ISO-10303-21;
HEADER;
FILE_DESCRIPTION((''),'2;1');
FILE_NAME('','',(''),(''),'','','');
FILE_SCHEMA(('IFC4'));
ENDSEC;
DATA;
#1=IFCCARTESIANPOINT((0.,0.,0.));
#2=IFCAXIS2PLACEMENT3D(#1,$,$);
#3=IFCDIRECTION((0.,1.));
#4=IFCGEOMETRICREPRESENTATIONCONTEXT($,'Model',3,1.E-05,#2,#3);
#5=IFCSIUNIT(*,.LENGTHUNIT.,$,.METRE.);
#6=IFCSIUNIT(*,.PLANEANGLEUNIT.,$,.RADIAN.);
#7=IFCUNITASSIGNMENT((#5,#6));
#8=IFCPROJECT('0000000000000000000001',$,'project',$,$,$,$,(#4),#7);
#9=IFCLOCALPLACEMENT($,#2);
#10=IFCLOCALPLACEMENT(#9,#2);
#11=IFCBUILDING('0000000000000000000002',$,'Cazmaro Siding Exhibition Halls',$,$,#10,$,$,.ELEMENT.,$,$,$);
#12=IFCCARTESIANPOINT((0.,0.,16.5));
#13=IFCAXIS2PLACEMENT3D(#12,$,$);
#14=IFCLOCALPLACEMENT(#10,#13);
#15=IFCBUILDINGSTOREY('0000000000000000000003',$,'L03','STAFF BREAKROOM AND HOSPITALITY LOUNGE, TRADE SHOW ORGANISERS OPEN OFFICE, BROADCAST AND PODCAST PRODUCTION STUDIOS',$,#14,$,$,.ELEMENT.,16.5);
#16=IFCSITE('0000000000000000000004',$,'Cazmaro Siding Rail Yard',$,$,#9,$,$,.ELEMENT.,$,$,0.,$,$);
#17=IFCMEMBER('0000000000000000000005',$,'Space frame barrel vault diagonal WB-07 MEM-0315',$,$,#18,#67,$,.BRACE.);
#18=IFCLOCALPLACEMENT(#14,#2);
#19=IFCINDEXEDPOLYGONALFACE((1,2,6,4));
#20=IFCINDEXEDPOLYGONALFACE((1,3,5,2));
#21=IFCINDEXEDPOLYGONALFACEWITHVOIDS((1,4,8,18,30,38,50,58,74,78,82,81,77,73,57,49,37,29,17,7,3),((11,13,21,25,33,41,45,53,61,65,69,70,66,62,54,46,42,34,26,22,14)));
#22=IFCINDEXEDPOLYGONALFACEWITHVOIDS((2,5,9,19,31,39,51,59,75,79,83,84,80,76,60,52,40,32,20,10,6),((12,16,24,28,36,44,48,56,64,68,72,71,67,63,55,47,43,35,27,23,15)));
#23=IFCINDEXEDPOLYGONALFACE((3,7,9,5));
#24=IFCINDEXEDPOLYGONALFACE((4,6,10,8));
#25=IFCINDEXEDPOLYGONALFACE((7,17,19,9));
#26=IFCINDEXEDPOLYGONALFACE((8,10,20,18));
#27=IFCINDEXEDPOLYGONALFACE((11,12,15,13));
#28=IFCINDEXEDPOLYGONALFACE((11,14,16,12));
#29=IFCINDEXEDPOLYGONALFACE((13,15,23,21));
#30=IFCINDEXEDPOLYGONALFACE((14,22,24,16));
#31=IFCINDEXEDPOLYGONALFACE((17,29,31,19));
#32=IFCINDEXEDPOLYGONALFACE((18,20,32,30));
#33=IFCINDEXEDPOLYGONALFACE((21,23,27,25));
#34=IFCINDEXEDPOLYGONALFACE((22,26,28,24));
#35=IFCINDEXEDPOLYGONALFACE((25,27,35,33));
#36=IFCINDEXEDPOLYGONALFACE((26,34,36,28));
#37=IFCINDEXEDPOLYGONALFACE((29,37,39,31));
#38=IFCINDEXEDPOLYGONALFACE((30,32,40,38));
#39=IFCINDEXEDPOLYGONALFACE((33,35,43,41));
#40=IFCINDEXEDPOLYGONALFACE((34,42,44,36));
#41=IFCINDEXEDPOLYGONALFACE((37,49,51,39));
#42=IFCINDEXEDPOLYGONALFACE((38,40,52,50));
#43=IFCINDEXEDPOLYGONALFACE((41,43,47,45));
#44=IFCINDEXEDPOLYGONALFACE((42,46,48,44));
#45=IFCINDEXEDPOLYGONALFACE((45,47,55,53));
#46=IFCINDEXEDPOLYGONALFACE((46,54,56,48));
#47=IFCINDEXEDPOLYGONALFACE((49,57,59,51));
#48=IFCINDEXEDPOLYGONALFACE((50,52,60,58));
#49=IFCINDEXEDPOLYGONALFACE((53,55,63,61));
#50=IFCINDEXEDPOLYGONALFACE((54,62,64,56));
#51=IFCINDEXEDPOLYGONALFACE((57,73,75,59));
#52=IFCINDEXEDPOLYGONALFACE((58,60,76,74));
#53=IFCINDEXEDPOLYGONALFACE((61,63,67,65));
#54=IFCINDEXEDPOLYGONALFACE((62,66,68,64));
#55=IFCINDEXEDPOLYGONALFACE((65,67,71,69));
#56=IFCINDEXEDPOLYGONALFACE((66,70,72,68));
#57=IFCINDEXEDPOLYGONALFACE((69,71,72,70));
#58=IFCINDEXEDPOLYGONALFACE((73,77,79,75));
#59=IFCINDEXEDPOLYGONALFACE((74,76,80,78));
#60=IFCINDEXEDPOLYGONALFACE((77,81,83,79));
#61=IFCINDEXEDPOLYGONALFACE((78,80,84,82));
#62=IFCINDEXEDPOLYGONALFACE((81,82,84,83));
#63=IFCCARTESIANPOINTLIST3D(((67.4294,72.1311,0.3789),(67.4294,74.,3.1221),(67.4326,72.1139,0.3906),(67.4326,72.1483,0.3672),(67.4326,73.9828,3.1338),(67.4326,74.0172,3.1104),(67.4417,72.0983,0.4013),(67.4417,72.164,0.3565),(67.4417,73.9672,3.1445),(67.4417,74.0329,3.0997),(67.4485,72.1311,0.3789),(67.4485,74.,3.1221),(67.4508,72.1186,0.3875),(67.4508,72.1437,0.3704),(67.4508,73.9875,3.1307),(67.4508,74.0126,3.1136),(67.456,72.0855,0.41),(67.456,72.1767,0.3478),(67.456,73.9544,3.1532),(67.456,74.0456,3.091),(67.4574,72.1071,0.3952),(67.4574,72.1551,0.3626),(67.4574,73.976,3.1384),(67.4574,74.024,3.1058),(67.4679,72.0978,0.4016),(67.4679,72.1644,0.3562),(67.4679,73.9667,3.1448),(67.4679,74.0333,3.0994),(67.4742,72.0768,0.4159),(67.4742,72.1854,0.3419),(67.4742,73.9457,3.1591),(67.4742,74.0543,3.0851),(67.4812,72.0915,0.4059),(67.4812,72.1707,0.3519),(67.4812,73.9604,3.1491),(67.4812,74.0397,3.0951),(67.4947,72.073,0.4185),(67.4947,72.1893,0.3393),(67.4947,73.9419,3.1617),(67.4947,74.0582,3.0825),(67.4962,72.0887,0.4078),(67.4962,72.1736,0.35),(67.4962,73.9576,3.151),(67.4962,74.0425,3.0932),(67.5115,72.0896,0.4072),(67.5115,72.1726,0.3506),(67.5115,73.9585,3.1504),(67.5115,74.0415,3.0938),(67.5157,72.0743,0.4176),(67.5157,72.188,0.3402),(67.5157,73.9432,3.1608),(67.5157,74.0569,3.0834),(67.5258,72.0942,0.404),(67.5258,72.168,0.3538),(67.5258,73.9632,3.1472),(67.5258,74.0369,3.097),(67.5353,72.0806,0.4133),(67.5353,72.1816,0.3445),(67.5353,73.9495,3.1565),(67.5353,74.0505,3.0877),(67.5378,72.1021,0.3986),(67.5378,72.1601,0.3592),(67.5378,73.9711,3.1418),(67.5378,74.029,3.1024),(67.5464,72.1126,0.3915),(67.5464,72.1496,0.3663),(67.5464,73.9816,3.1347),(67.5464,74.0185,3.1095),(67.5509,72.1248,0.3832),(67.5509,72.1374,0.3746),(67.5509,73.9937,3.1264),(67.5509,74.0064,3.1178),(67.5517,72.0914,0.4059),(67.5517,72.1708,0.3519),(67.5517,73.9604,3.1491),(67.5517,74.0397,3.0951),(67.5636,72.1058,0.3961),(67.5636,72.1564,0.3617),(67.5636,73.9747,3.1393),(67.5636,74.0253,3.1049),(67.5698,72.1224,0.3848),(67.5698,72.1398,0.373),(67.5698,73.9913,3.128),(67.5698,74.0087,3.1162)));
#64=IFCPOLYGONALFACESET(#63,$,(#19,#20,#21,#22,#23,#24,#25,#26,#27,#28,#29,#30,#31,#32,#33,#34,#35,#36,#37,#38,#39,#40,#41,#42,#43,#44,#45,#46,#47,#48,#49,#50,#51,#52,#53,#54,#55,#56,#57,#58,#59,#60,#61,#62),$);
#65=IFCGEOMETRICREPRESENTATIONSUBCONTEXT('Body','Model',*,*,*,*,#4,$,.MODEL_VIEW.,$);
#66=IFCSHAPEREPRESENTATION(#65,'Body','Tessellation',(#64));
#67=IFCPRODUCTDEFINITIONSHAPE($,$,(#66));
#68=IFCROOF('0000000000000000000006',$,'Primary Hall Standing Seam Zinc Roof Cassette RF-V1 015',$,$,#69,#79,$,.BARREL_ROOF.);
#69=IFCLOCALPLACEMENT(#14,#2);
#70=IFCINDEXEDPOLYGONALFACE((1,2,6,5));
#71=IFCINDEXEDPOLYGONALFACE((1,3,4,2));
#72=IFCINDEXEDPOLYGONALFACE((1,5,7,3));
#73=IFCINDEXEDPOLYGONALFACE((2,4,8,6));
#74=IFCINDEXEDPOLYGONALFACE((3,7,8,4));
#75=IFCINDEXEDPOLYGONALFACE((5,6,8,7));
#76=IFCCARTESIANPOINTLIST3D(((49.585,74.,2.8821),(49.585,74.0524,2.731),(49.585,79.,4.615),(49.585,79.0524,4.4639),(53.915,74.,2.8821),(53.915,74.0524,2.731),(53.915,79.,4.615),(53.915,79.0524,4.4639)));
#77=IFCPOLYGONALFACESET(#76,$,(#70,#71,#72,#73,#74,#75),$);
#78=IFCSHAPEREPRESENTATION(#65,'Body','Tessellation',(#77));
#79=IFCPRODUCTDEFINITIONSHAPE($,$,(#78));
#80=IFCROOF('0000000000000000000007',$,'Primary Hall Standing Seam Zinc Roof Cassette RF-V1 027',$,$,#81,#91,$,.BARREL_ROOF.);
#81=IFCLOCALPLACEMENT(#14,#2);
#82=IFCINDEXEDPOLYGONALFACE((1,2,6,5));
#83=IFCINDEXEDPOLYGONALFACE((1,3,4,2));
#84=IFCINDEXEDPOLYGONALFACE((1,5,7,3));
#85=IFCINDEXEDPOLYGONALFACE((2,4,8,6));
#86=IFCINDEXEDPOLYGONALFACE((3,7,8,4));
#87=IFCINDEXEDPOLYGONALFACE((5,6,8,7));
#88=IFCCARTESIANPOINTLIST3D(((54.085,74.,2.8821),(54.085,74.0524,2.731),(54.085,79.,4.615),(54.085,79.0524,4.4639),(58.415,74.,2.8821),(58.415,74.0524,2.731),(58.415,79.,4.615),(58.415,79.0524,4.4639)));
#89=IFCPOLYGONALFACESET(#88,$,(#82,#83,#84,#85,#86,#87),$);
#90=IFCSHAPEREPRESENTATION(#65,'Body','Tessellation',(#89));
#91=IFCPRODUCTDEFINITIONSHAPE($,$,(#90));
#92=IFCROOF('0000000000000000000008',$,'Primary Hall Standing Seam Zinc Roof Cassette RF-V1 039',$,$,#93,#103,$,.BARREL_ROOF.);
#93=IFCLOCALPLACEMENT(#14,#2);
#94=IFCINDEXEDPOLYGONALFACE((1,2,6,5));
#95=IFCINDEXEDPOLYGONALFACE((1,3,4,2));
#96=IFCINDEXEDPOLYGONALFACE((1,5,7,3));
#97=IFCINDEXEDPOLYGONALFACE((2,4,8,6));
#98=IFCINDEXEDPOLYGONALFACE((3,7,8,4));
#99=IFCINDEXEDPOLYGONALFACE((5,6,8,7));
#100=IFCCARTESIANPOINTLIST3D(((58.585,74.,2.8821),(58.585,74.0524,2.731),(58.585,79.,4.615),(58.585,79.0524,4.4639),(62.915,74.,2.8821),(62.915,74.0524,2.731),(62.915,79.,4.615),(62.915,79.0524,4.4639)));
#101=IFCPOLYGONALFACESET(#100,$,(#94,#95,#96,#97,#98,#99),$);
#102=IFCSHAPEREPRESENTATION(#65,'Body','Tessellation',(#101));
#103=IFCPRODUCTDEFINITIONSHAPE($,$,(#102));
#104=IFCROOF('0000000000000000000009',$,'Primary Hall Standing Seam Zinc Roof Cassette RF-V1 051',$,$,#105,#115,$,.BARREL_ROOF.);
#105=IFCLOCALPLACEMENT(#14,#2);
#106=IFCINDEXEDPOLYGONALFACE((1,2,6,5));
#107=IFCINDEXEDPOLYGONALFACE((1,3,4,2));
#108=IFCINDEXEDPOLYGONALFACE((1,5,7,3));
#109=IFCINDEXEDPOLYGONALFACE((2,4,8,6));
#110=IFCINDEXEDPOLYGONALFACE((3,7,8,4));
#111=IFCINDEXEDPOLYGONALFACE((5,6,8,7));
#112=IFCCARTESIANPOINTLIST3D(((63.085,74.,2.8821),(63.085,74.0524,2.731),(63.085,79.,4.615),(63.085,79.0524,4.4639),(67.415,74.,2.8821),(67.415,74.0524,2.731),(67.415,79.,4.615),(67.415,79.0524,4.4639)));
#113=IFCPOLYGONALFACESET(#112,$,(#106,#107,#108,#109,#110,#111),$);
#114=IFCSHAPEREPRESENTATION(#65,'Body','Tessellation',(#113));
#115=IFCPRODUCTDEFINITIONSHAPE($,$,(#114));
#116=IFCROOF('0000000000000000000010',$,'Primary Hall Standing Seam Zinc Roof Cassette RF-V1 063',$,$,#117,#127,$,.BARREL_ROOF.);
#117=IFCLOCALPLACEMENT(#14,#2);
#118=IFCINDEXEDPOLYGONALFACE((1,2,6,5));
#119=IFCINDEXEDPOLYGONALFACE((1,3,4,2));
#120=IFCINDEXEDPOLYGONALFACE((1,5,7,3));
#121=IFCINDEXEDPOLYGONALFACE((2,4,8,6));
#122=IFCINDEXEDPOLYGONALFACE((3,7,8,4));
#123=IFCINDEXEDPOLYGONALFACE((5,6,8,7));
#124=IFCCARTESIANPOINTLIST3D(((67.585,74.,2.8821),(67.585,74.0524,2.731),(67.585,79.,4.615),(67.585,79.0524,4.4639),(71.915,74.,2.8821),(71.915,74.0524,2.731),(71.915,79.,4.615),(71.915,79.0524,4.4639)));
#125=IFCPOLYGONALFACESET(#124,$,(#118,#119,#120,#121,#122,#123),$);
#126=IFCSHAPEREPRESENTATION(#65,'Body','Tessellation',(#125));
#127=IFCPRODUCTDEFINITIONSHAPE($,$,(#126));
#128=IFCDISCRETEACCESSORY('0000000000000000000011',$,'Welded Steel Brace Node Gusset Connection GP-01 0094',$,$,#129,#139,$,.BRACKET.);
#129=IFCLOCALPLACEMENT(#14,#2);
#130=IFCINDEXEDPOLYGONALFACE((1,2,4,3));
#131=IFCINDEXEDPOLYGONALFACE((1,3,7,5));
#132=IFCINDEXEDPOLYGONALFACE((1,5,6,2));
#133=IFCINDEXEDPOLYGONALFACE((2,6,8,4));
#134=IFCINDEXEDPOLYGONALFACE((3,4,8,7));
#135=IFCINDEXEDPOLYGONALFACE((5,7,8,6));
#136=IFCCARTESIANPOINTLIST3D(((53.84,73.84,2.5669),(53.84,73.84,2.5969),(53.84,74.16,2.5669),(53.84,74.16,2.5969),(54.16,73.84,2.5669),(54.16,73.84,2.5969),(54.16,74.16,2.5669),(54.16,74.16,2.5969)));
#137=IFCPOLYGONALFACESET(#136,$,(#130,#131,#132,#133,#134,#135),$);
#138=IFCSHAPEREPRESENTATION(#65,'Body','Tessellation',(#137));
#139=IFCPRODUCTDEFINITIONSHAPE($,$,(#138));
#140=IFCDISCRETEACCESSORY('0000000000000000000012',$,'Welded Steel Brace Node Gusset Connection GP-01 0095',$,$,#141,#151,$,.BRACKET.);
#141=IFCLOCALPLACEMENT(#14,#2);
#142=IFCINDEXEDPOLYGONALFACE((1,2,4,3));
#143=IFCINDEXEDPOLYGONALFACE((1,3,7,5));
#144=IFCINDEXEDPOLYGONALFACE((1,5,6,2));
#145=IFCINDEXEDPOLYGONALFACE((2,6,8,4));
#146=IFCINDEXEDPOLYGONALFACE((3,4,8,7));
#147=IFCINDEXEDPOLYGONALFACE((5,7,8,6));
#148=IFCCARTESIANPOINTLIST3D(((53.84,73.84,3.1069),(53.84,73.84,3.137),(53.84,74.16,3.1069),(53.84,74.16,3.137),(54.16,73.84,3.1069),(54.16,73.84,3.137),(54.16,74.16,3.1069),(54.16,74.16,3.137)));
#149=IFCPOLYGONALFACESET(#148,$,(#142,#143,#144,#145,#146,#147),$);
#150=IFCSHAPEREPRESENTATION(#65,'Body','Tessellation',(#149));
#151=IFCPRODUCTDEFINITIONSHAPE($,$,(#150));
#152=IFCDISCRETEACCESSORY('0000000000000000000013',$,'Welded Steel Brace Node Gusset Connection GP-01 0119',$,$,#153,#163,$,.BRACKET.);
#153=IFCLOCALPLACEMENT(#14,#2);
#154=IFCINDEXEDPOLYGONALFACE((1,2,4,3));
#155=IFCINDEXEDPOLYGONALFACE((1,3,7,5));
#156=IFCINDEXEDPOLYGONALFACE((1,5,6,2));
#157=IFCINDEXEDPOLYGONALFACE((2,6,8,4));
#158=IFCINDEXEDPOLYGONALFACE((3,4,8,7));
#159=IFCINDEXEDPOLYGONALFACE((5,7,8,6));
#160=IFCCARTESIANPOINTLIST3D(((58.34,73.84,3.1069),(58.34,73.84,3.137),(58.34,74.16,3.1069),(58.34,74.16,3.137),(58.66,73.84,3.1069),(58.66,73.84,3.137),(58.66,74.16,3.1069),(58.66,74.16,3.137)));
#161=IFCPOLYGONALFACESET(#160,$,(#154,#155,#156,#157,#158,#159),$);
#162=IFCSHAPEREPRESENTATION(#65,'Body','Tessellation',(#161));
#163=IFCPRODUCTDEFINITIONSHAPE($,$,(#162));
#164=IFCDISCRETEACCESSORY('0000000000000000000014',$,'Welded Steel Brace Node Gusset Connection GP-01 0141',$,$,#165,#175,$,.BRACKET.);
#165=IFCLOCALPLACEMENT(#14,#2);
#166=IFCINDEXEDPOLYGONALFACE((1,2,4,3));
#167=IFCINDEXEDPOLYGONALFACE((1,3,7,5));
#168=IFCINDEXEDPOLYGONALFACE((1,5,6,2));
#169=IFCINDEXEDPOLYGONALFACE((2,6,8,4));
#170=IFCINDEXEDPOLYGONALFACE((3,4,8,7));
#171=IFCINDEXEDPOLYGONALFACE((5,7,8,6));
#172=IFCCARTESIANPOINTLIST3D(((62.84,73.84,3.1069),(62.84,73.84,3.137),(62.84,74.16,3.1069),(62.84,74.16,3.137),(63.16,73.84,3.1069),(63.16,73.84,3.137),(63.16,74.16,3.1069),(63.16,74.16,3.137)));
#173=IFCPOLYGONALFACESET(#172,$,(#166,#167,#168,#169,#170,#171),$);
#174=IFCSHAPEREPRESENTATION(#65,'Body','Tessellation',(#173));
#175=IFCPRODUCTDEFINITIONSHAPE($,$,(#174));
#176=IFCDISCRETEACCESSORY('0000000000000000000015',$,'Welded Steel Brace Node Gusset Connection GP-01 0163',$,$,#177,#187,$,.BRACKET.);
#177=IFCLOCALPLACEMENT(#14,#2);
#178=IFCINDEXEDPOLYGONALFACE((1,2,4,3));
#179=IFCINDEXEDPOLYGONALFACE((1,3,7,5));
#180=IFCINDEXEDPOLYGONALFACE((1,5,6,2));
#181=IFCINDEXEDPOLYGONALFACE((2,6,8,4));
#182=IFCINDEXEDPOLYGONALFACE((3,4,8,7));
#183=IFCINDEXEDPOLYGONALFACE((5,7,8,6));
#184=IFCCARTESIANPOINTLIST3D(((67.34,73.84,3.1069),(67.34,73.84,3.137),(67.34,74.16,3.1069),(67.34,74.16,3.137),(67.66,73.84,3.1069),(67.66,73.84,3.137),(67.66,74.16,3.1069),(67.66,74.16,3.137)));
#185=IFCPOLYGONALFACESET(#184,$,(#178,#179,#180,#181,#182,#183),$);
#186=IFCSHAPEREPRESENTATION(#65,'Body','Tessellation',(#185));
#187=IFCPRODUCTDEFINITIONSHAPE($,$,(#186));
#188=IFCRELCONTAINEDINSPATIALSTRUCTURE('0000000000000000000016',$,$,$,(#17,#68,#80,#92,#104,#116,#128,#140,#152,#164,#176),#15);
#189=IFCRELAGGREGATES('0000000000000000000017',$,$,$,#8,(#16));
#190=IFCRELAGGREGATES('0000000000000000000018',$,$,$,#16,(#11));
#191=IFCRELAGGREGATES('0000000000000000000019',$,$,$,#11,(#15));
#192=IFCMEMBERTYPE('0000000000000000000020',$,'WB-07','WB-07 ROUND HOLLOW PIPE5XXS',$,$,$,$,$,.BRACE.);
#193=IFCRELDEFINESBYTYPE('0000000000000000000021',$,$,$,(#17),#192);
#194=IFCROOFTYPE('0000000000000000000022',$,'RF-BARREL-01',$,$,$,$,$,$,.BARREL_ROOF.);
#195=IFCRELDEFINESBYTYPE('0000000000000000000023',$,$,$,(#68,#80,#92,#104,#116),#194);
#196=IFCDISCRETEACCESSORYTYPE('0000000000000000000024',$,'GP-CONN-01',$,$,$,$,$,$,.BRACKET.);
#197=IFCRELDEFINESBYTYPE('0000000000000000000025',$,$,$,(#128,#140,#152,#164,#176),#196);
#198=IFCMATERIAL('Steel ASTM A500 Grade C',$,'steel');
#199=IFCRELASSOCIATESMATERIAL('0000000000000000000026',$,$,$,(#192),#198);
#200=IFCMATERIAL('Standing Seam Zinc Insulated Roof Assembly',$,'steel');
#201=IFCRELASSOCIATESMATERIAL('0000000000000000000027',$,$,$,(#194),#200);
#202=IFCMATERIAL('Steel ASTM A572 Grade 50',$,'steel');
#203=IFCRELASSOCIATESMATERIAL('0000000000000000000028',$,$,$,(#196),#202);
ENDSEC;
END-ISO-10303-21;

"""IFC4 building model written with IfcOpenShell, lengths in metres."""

from ifc_helpers import new_model, si_unit, direction, frame, origin, origin_2d, place, context, subcontext, project, spatial, polyline, rectangle, hollow_circle, outline, extrude, material, material_profile, profile_set, type_object, element, save


model = new_model("IFC4")

# Units and contexts
model_context = context("Model", 3, precision=1e-05, world=origin(), true_north=direction((0.0, 1.0)))
body_context = subcontext(model_context, "Body", "Model", "MODEL_VIEW")
ifc_project = project(units=[si_unit("LENGTHUNIT", "METRE"), si_unit("PLANEANGLEUNIT", "RADIAN")], contexts=[model_context])

# Site, building, storey
site_placement = place(None, origin())
site = spatial("IfcSite", under=ifc_project, at=site_placement, Name="Cazmaro Siding Rail Yard", CompositionType="ELEMENT", RefElevation=0.0)
building_placement = place(site_placement, origin())
building = spatial("IfcBuilding", under=site, at=building_placement, Name="Cazmaro Siding Exhibition Halls", CompositionType="ELEMENT")
storey_placement = place(building_placement, frame((0.0, 0.0, 16.5)))
storey = spatial("IfcBuildingStorey", under=building, at=storey_placement, Name="L03", Description="STAFF BREAKROOM AND HOSPITALITY LOUNGE, TRADE SHOW ORGANISERS OPEN OFFICE, BROADCAST AND PODCAST PRODUCTION STUDIOS", CompositionType="ELEMENT", Elevation=16.5)

# Member
ifc_material_1 = material(Name="Steel ASTM A500 Grade C", Category="steel")
ifc_material_profile_1 = material_profile(ifc_material_1, hollow_circle(Radius=0.0706, WallThickness=0.019, at=origin_2d()), Name="PIPE5XXS")
ifc_profile_set_1 = profile_set([ifc_material_profile_1], Name="Steel ASTM A500 Grade C")
member_type_1 = type_object("IfcMemberType", Name="WB-07", Description="WB-07 ROUND HOLLOW PIPE5XXS", PredefinedType="BRACE", material=ifc_profile_set_1)
for number, where, z_axis, x_axis, name in (
    (1, (67.5, 72.1311, 0.3789), (0.0, 0.56304, 0.82643), (-1.0, 0.0, 0.0), "Space frame barrel vault diagonal WB-07 MEM-0315"),
):
    element("IfcMember", number, at=place(storey_placement, frame(where, z_axis=z_axis, x_axis=x_axis)), inside=storey, type_object=member_type_1, Name=name, PredefinedType="BRACE", context=body_context, shape_type="SweptSolid", body=[
        extrude(hollow_circle(Radius=0.0706, WallThickness=0.019, at=origin_2d()), origin(), (0.0, 0.0, 1.0), 3.3193),
    ])

# Roofs
ifc_material_2 = material(Name="Standing Seam Zinc Insulated Roof Assembly", Category="steel")
roof_type = type_object("IfcRoofType", Name="RF-BARREL-01", PredefinedType="BARREL_ROOF", material=ifc_material_2)
for number, where, z_axis, x_axis, name in (
    (2, (49.585, 74.0, 2.8821), (0.0, -0.327472, 0.944861), (1.0, 0.0, 0.0), "Primary Hall Standing Seam Zinc Roof Cassette RF-V1 015"),
    (3, (54.085, 74.0, 2.8821), (0.0, -0.327472, 0.944861), (1.0, 0.0, 0.0), "Primary Hall Standing Seam Zinc Roof Cassette RF-V1 027"),
    (4, (58.585, 74.0, 2.8821), (0.0, -0.327472, 0.944861), (1.0, 0.0, 0.0), "Primary Hall Standing Seam Zinc Roof Cassette RF-V1 039"),
    (5, (63.085, 74.0, 2.8821), (0.0, -0.327472, 0.944861), (1.0, 0.0, 0.0), "Primary Hall Standing Seam Zinc Roof Cassette RF-V1 051"),
    (6, (67.585, 74.0, 2.8821), (0.0, -0.327472, 0.944861), (1.0, 0.0, 0.0), "Primary Hall Standing Seam Zinc Roof Cassette RF-V1 063"),
):
    element("IfcRoof", number, at=place(storey_placement, frame(where, z_axis=z_axis, x_axis=x_axis)), inside=storey, type_object=roof_type, Name=name, PredefinedType="BARREL_ROOF", context=body_context, shape_type="SweptSolid", body=[
        extrude(outline(polyline([(0.0, 0.0), (4.3301, 0.0), (4.3301, 5.2918), (0.0, 5.2918), (0.0, 0.0)])), origin(), (0.0, 0.0, -1.0), 0.1599),
    ])

# Discrete accessories
ifc_material_3 = material(Name="Steel ASTM A572 Grade 50", Category="steel")
discrete_accessory_type = type_object("IfcDiscreteAccessoryType", Name="GP-CONN-01", PredefinedType="BRACKET", material=ifc_material_3)
for number, where, z_axis, x_axis, name in (
    (7, (54.0, 74.0, 2.5669), (0.0, 0.0, 1.0), (1.0, 0.0, 0.0), "Welded Steel Brace Node Gusset Connection GP-01 0094"),
    (8, (54.0, 74.0, 3.1069), (0.0, 0.0, 1.0), (1.0, 0.0, 0.0), "Welded Steel Brace Node Gusset Connection GP-01 0095"),
    (9, (58.5, 74.0, 3.1069), (0.0, 0.0, 1.0), (1.0, 0.0, 0.0), "Welded Steel Brace Node Gusset Connection GP-01 0119"),
    (10, (63.0, 74.0, 3.1069), (0.0, 0.0, 1.0), (1.0, 0.0, 0.0), "Welded Steel Brace Node Gusset Connection GP-01 0141"),
    (11, (67.5, 74.0, 3.1069), (0.0, 0.0, 1.0), (1.0, 0.0, 0.0), "Welded Steel Brace Node Gusset Connection GP-01 0163"),
):
    element("IfcDiscreteAccessory", number, at=place(storey_placement, frame(where, z_axis=z_axis, x_axis=x_axis)), inside=storey, type_object=discrete_accessory_type, Name=name, PredefinedType="BRACKET", context=body_context, shape_type="SweptSolid", body=[
        extrude(rectangle(XDim=0.3201, YDim=0.3201, at=origin_2d()), origin(), (0.0, 0.0, 1.0), 0.03),
    ])

save(model, "model.ifc")
